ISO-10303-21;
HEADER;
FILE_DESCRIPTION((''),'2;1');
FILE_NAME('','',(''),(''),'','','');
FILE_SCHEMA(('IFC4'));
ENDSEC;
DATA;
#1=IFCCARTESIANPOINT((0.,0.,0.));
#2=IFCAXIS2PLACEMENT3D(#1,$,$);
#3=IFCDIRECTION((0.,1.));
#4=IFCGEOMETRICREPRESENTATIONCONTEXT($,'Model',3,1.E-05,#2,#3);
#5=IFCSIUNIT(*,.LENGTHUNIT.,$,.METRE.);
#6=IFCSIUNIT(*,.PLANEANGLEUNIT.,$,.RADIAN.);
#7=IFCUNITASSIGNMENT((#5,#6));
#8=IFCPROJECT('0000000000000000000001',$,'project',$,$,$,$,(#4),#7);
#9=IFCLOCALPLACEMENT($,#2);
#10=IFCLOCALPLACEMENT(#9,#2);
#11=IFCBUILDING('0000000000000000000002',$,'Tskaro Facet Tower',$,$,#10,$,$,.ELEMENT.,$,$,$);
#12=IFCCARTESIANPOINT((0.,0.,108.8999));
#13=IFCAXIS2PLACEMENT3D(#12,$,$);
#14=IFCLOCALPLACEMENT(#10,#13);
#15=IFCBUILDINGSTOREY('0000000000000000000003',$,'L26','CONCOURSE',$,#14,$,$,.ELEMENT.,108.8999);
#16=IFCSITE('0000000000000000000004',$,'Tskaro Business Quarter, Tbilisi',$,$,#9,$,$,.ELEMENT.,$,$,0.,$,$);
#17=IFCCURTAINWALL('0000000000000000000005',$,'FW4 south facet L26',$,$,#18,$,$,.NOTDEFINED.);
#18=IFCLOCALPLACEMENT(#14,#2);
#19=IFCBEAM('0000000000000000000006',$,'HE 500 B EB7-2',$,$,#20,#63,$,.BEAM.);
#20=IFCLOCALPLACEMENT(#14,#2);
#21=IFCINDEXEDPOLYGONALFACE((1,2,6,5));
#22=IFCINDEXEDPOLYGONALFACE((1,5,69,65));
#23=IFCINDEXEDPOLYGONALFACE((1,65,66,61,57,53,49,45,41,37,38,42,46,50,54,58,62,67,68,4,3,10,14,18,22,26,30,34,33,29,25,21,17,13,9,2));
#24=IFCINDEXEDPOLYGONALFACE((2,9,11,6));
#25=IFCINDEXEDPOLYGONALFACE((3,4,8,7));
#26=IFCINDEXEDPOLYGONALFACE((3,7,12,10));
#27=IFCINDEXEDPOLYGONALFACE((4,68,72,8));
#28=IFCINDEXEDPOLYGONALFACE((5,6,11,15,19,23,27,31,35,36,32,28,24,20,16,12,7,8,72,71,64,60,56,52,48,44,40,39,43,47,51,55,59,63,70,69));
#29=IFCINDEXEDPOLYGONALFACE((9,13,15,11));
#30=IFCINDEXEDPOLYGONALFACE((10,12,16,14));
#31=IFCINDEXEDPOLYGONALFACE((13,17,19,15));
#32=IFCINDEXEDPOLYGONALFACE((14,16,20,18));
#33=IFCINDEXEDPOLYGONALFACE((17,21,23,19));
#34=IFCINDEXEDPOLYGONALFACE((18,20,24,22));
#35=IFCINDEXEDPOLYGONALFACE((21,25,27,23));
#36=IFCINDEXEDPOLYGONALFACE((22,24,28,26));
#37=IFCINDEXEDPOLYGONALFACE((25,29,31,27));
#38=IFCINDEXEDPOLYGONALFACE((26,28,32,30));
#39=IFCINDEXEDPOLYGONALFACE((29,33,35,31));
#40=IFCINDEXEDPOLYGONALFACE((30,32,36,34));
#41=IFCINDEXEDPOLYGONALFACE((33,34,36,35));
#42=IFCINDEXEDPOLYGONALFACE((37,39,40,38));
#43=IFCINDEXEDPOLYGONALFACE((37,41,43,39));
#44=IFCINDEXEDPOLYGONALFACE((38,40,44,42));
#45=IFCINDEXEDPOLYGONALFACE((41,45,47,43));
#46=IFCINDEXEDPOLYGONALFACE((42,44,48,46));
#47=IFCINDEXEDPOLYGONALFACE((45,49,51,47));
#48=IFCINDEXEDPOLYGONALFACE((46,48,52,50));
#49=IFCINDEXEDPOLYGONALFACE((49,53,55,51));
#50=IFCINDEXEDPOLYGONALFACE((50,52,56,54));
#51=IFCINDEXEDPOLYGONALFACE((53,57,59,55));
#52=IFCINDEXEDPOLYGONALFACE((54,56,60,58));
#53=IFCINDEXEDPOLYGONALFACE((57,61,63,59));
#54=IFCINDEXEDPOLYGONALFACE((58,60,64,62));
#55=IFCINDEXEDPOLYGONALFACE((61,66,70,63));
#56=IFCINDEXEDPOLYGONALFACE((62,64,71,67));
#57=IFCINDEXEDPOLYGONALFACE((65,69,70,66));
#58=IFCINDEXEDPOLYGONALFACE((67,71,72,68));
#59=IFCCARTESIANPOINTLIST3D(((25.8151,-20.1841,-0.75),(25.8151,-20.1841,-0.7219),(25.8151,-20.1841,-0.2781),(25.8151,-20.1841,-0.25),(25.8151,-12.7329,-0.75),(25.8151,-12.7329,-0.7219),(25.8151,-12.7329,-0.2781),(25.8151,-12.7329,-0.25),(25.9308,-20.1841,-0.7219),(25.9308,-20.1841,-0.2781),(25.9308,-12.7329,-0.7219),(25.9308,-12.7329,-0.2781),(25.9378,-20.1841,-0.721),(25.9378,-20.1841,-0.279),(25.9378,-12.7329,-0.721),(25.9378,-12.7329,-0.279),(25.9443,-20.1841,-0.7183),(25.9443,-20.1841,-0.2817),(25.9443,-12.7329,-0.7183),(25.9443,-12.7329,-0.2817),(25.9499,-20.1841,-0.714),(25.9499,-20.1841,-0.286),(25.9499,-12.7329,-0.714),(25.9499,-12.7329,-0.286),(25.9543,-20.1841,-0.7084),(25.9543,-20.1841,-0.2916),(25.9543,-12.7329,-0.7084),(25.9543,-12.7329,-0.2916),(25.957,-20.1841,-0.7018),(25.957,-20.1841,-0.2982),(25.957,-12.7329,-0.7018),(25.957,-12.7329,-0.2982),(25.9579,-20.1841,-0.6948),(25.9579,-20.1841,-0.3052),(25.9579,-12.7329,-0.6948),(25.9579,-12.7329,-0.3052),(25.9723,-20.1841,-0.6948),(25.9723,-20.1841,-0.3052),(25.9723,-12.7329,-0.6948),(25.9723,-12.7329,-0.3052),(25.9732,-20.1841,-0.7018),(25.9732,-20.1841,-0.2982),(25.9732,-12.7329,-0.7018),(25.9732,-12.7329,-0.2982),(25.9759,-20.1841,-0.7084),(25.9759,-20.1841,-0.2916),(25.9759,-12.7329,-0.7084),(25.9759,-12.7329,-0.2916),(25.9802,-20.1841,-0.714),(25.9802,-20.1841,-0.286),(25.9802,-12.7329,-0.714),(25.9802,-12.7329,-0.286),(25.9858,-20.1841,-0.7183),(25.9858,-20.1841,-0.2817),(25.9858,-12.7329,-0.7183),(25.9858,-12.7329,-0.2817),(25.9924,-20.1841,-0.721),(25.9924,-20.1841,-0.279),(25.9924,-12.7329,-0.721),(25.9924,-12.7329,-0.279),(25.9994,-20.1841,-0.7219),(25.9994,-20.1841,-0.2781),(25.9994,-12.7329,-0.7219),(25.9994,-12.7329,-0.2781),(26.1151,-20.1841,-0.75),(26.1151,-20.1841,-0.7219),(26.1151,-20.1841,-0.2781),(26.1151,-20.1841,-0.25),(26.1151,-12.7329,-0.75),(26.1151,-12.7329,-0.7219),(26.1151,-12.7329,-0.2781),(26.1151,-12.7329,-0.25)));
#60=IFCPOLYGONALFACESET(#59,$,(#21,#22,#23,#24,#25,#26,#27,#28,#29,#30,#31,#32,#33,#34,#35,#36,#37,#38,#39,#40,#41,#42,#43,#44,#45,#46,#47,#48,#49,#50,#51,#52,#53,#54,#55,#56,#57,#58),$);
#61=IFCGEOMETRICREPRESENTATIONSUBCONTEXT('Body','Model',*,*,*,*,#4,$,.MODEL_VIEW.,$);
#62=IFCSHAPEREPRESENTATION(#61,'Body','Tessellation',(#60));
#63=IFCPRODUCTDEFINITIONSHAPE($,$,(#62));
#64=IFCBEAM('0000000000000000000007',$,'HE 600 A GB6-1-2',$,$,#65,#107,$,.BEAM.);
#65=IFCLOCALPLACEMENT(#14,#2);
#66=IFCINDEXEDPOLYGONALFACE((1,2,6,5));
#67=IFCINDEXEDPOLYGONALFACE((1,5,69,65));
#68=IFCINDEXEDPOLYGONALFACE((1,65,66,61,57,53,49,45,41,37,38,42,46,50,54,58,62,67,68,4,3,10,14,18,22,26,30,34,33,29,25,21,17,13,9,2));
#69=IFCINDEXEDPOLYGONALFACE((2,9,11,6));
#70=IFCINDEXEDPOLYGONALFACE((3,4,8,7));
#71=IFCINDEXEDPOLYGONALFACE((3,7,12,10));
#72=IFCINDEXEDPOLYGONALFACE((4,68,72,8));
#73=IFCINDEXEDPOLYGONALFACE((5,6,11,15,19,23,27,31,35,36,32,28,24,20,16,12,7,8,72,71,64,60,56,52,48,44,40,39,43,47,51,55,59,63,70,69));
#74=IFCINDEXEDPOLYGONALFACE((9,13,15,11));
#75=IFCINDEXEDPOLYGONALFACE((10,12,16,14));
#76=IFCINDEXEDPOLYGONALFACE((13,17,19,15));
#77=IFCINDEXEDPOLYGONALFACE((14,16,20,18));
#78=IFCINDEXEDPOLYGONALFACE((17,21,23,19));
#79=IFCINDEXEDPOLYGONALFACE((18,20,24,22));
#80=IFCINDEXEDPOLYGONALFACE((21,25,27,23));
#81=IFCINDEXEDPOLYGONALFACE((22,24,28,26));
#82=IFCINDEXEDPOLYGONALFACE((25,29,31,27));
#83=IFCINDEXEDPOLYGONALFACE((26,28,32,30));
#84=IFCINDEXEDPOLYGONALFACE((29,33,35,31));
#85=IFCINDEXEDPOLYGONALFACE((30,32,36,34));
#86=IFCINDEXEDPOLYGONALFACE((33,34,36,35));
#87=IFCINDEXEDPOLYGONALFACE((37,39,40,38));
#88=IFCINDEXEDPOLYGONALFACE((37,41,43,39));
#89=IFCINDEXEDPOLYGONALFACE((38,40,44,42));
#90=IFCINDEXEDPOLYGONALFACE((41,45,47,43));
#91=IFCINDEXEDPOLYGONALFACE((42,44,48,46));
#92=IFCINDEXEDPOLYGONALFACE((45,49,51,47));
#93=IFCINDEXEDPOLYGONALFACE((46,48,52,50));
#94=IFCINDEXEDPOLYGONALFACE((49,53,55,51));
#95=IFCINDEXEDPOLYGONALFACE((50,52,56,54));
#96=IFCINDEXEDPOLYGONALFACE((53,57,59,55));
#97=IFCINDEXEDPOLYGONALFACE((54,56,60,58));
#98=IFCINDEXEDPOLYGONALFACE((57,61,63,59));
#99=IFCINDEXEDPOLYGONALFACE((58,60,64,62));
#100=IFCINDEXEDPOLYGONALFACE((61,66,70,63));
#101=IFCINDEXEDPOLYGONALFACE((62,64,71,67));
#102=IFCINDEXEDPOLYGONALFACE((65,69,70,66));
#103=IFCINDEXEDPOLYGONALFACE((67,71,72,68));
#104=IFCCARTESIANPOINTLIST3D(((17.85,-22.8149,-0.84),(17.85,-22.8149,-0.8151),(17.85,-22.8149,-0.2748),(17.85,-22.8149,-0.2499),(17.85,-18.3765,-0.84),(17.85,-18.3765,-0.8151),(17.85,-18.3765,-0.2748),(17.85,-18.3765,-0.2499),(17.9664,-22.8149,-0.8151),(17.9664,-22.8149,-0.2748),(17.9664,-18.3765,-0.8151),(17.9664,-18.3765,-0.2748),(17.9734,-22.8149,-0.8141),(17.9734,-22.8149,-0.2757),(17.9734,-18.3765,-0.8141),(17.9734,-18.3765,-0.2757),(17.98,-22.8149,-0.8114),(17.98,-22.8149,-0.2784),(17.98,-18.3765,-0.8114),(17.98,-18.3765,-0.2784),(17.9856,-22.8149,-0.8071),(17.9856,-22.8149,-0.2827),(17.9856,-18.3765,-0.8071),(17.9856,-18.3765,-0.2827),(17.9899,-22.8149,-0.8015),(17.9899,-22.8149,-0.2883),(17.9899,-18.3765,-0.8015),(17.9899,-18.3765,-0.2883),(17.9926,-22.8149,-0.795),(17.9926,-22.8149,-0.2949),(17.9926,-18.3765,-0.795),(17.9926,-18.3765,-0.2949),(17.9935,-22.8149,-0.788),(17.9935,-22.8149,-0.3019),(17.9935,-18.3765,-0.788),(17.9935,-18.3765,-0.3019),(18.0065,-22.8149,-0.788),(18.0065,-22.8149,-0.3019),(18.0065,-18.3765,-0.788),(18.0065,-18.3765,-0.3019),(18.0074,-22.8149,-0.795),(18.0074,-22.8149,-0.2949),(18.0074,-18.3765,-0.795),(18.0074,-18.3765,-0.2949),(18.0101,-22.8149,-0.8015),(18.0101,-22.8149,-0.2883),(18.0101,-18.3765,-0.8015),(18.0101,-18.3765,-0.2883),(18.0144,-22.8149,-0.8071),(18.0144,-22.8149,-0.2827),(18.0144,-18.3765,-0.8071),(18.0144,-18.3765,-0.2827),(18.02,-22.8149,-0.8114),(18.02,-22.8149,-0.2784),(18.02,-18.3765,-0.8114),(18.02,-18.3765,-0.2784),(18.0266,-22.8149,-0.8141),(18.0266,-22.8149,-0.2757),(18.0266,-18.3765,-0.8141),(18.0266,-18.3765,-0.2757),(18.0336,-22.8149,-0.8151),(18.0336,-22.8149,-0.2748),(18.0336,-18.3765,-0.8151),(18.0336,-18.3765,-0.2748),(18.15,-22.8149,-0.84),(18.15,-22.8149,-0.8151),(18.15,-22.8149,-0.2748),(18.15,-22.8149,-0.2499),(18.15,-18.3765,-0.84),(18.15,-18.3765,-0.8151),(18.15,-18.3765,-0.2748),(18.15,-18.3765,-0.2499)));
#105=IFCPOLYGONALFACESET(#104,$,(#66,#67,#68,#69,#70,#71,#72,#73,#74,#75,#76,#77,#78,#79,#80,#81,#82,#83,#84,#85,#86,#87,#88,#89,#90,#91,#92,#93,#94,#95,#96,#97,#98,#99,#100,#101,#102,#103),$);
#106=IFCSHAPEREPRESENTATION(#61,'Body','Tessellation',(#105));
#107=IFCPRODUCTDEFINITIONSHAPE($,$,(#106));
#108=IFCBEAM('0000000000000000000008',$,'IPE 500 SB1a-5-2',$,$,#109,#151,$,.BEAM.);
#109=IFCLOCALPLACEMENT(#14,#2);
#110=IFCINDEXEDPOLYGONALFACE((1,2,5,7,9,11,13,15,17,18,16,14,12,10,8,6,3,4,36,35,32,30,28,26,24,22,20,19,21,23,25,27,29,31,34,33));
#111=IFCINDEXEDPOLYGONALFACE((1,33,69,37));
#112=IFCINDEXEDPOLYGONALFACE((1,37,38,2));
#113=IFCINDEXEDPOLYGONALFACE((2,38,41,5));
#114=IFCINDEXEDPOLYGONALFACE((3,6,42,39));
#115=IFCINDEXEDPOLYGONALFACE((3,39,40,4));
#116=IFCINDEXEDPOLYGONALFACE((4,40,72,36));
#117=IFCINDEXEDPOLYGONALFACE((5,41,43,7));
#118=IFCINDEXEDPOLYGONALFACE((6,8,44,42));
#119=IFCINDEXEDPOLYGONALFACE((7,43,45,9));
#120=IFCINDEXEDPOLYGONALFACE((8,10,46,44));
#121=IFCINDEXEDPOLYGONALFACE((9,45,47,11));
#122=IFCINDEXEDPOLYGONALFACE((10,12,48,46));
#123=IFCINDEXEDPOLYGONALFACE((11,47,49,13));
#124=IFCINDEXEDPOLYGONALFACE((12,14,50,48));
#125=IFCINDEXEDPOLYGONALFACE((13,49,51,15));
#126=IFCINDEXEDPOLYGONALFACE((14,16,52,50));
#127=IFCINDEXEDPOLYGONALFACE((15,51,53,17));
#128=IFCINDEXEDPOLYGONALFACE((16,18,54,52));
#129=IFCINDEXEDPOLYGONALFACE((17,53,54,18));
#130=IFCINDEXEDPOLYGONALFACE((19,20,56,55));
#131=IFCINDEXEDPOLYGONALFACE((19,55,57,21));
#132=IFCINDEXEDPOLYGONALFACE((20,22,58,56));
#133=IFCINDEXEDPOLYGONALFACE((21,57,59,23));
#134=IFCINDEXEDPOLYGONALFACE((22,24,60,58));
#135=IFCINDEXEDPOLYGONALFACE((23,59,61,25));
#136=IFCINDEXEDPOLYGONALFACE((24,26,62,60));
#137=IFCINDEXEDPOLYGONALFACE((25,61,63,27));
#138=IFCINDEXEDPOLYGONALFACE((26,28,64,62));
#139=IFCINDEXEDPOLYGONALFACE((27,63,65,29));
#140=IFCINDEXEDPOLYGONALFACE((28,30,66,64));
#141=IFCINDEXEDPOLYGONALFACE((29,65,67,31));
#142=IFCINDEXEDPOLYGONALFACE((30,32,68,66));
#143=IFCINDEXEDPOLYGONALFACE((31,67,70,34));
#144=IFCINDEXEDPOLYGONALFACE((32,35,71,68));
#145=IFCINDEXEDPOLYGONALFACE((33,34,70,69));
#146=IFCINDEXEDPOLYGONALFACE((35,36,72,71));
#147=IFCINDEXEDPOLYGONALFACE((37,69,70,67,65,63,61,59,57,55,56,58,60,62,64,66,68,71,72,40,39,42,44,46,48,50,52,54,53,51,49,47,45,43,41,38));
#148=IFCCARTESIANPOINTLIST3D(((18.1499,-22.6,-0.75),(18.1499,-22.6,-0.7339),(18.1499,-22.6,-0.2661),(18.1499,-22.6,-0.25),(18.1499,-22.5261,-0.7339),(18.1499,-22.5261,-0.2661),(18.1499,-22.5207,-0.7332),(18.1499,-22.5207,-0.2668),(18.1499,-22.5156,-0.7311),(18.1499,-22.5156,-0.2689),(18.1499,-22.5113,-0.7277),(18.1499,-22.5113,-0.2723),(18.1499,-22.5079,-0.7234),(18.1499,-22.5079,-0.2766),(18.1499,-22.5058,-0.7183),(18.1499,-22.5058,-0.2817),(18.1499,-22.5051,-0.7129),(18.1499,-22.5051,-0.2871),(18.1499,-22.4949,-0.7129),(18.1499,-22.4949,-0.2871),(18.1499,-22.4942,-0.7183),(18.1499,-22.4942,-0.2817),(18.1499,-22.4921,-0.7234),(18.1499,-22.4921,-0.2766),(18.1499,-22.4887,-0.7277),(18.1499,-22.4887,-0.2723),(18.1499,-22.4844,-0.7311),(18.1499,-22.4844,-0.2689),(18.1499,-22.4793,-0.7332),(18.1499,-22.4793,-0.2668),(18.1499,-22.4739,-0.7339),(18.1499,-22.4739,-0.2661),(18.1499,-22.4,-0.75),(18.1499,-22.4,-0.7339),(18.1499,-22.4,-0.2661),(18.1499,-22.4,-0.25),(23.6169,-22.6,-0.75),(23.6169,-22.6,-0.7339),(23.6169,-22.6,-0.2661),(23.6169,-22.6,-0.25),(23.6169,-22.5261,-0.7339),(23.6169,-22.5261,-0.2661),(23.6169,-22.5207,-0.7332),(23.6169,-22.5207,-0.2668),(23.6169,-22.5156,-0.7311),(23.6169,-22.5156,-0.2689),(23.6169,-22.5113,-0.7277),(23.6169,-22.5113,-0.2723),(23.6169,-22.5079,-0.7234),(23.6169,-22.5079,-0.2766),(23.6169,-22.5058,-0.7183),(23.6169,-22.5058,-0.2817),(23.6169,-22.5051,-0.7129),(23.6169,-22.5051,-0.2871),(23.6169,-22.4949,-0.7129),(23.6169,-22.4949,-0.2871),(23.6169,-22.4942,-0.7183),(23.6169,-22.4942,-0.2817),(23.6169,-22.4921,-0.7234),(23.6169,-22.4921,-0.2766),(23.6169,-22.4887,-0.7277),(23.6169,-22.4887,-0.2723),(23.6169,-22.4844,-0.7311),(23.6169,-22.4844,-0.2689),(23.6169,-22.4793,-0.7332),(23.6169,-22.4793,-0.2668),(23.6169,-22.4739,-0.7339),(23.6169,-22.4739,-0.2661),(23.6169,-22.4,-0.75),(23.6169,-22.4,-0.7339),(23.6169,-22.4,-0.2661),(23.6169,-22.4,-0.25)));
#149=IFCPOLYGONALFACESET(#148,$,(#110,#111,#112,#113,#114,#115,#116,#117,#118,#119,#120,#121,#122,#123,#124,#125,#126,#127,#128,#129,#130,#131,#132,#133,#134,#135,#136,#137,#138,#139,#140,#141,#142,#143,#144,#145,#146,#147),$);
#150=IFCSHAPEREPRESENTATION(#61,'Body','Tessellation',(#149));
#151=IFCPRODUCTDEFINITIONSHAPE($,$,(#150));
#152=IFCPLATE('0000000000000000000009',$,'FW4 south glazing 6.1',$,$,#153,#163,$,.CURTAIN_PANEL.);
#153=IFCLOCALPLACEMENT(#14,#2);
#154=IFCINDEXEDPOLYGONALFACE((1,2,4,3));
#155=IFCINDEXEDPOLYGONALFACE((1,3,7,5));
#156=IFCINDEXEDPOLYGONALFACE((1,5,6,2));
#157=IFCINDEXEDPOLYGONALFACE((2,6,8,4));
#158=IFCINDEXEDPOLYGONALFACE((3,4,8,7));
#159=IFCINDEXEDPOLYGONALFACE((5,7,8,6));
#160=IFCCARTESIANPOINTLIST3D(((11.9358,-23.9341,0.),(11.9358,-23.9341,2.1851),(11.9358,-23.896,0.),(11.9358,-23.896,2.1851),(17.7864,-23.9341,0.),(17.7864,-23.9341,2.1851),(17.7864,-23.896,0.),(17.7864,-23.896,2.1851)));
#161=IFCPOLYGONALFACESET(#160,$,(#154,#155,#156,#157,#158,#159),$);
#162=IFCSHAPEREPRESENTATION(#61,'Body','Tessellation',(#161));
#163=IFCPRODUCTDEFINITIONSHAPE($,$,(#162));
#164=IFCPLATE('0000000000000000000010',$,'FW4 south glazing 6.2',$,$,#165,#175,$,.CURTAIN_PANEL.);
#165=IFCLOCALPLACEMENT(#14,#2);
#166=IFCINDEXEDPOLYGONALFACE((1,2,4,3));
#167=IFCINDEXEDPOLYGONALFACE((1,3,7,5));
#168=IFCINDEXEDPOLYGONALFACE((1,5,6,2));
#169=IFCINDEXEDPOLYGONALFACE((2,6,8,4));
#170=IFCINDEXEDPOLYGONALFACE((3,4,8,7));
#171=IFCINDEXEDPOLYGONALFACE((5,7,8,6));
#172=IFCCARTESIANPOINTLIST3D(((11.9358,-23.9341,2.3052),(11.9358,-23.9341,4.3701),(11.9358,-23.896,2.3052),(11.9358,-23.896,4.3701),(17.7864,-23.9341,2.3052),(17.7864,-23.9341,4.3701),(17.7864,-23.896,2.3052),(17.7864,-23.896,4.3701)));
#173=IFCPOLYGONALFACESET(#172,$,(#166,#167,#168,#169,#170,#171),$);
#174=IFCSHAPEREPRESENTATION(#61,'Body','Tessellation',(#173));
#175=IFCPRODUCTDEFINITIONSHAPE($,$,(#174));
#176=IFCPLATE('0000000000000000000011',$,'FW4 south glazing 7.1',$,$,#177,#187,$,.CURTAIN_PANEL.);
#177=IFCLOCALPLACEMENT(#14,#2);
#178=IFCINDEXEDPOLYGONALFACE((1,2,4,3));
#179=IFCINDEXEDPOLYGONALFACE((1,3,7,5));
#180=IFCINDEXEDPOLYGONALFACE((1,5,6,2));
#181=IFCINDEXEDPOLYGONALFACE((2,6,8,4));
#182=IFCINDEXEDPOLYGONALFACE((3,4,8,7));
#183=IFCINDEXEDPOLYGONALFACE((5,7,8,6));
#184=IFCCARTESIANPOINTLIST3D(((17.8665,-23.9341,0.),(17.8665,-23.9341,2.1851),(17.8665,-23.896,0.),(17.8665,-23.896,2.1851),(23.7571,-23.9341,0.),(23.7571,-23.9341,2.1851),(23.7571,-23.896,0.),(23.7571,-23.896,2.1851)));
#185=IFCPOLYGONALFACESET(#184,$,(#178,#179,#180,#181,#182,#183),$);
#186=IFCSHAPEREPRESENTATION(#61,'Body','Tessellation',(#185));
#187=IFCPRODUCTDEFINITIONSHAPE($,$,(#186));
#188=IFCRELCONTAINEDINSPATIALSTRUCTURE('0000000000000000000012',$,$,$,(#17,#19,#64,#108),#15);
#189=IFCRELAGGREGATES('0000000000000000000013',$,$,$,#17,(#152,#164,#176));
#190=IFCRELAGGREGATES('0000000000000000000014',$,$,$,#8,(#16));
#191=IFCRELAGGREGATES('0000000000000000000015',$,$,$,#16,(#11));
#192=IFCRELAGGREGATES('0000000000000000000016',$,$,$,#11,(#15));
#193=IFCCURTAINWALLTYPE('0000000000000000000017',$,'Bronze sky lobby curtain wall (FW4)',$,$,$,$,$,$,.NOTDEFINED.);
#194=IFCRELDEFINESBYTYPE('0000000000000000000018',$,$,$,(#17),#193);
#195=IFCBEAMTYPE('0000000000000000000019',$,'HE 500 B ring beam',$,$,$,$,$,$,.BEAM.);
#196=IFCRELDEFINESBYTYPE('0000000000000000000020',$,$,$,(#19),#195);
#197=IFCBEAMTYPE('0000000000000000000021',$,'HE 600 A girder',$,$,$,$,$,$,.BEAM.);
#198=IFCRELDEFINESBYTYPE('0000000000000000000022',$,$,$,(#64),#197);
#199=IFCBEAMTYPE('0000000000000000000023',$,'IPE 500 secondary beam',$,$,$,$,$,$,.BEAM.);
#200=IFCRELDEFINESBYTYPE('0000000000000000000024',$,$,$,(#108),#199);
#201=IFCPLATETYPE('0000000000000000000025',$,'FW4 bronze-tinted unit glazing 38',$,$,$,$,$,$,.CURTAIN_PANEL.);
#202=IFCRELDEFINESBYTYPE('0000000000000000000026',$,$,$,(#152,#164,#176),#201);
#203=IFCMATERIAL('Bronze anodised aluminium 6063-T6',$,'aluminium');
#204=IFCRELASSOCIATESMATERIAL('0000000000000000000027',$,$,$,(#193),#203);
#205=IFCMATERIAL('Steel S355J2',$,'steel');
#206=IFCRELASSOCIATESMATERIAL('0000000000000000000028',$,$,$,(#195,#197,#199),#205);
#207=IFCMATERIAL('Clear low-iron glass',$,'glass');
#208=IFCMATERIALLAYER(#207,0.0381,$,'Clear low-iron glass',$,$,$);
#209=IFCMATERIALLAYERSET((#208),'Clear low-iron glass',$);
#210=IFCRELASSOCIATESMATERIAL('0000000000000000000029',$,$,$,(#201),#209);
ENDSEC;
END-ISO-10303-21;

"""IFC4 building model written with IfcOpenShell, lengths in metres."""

from ifc_helpers import new_model, si_unit, direction, frame, origin, origin_2d, place, context, subcontext, project, spatial, rectangle, i_section, extrude, material, layer, layer_set, material_profile, profile_set, type_object, element, aggregate, save


model = new_model("IFC4")

# Units and contexts
model_context = context("Model", 3, precision=1e-05, world=origin(), true_north=direction((0.0, 1.0)))
body_context = subcontext(model_context, "Body", "Model", "MODEL_VIEW")
ifc_project = project(units=[si_unit("LENGTHUNIT", "METRE"), si_unit("PLANEANGLEUNIT", "RADIAN")], contexts=[model_context])

# Site, building, storey
site_placement = place(None, origin())
site = spatial("IfcSite", under=ifc_project, at=site_placement, Name="Tskaro Business Quarter, Tbilisi", CompositionType="ELEMENT", RefElevation=0.0)
building_placement = place(site_placement, origin())
building = spatial("IfcBuilding", under=site, at=building_placement, Name="Tskaro Facet Tower", CompositionType="ELEMENT")
storey_placement = place(building_placement, frame((0.0, 0.0, 108.8999)))
storey = spatial("IfcBuildingStorey", under=building, at=storey_placement, Name="L26", Description="CONCOURSE", CompositionType="ELEMENT", Elevation=108.8999)

# Shared definitions
ifc_material_1 = material(Name="Bronze anodised aluminium 6063-T6", Category="aluminium")
curtain_wall_type = type_object("IfcCurtainWallType", Name="Bronze sky lobby curtain wall (FW4)", PredefinedType="NOTDEFINED", material=ifc_material_1)

# Curtain wall
curtain_wall_1_placement = place(storey_placement, origin())
curtain_wall_1 = element("IfcCurtainWall", 1, at=curtain_wall_1_placement, inside=storey, type_object=curtain_wall_type, Name="FW4 south facet L26", PredefinedType="NOTDEFINED")

# Beams
ifc_material_2 = material(Name="Steel S355J2", Category="steel")
ifc_material_profile_1 = material_profile(ifc_material_2, i_section(OverallWidth=0.3, OverallDepth=0.5, WebThickness=0.0144, FlangeThickness=0.0281, FilletRadius=0.0271, at=origin_2d()), Name="HE 500 B")
ifc_profile_set_1 = profile_set([ifc_material_profile_1], Name="Steel S355J2")
beam_type_1 = type_object("IfcBeamType", Name="HE 500 B ring beam", PredefinedType="BEAM", material=ifc_profile_set_1)
beam_1_placement = place(storey_placement, frame((25.9651, -20.1841, -0.5), z_axis=(0.0, 1.0, 0.0), x_axis=(-1.0, 0.0, 0.0)))
element("IfcBeam", 2, at=beam_1_placement, inside=storey, type_object=beam_type_1, Name="HE 500 B EB7-2", PredefinedType="BEAM", context=body_context, shape_type="SweptSolid", body=[
    extrude(i_section(OverallWidth=0.3, OverallDepth=0.5, WebThickness=0.0144, FlangeThickness=0.0281, FilletRadius=0.0271, at=origin_2d()), origin(), (0.0, 0.0, 1.0), 7.4512),
])
ifc_material_profile_2 = material_profile(ifc_material_2, i_section(OverallWidth=0.3, OverallDepth=0.5901, WebThickness=0.0129, FlangeThickness=0.0249, FilletRadius=0.0271, at=origin_2d()), Name="HE 600 A")
ifc_profile_set_2 = profile_set([ifc_material_profile_2], Name="Steel S355J2")
beam_type_2 = type_object("IfcBeamType", Name="HE 600 A girder", PredefinedType="BEAM", material=ifc_profile_set_2)
beam_2_placement = place(storey_placement, frame((18.0, -22.8149, -0.5449), z_axis=(0.0, 1.0, 0.0), x_axis=(-1.0, 0.0, 0.0)))
element("IfcBeam", 3, at=beam_2_placement, inside=storey, type_object=beam_type_2, Name="HE 600 A GB6-1-2", PredefinedType="BEAM", context=body_context, shape_type="SweptSolid", body=[
    extrude(i_section(OverallWidth=0.3, OverallDepth=0.5901, WebThickness=0.0129, FlangeThickness=0.0249, FilletRadius=0.0271, at=origin_2d()), origin(), (0.0, 0.0, 1.0), 4.4385),
])
ifc_material_profile_3 = material_profile(ifc_material_2, i_section(OverallWidth=0.2, OverallDepth=0.5, WebThickness=0.0103, FlangeThickness=0.0161, FilletRadius=0.021, at=origin_2d()), Name="IPE 500")
ifc_profile_set_3 = profile_set([ifc_material_profile_3], Name="Steel S355J2")
beam_type_3 = type_object("IfcBeamType", Name="IPE 500 secondary beam", PredefinedType="BEAM", material=ifc_profile_set_3)
beam_3_placement = place(storey_placement, frame((18.1499, -22.5, -0.5), z_axis=(1.0, 0.0, 0.0), x_axis=(0.0, 1.0, 0.0)))
element("IfcBeam", 4, at=beam_3_placement, inside=storey, type_object=beam_type_3, Name="IPE 500 SB1a-5-2", PredefinedType="BEAM", context=body_context, shape_type="SweptSolid", body=[
    extrude(i_section(OverallWidth=0.2, OverallDepth=0.5, WebThickness=0.0103, FlangeThickness=0.0161, FilletRadius=0.021, at=origin_2d()), origin(), (0.0, 0.0, 1.0), 5.467),
])

# Plates
ifc_material_3 = material(Name="Clear low-iron glass", Category="glass")
ifc_layer_1 = layer(ifc_material_3, 0.0381, Name="Clear low-iron glass")
ifc_layer_set_1 = layer_set([ifc_layer_1], Name="Clear low-iron glass")
plate_type = type_object("IfcPlateType", Name="FW4 bronze-tinted unit glazing 38", PredefinedType="CURTAIN_PANEL", material=ifc_layer_set_1)
plate_1_placement = place(storey_placement, frame((14.8611, -23.915, 0.0), z_axis=(0.0, 0.0, 1.0), x_axis=(1.0, 0.0, 0.0)))
plate_1 = element("IfcPlate", 5, at=plate_1_placement, type_object=plate_type, Name="FW4 south glazing 6.1", PredefinedType="CURTAIN_PANEL", context=body_context, shape_type="SweptSolid", body=[
    extrude(rectangle(XDim=5.8506, YDim=0.0381, at=origin_2d()), origin(), (0.0, 0.0, 1.0), 2.1851),
])
plate_2_placement = place(storey_placement, frame((14.8611, -23.915, 2.3052), z_axis=(0.0, 0.0, 1.0), x_axis=(1.0, 0.0, 0.0)))
plate_2 = element("IfcPlate", 6, at=plate_2_placement, type_object=plate_type, Name="FW4 south glazing 6.2", PredefinedType="CURTAIN_PANEL", context=body_context, shape_type="SweptSolid", body=[
    extrude(rectangle(XDim=5.8506, YDim=0.0381, at=origin_2d()), origin(), (0.0, 0.0, 1.0), 2.0649),
])
plate_3_placement = place(storey_placement, frame((20.8118, -23.915, 0.0), z_axis=(0.0, 0.0, 1.0), x_axis=(1.0, 0.0, 0.0)))
plate_3 = element("IfcPlate", 7, at=plate_3_placement, type_object=plate_type, Name="FW4 south glazing 7.1", PredefinedType="CURTAIN_PANEL", context=body_context, shape_type="SweptSolid", body=[
    extrude(rectangle(XDim=5.8906, YDim=0.0381, at=origin_2d()), origin(), (0.0, 0.0, 1.0), 2.1851),
])
aggregate(curtain_wall_1, [plate_1, plate_2, plate_3])

save(model, "model.ifc")
